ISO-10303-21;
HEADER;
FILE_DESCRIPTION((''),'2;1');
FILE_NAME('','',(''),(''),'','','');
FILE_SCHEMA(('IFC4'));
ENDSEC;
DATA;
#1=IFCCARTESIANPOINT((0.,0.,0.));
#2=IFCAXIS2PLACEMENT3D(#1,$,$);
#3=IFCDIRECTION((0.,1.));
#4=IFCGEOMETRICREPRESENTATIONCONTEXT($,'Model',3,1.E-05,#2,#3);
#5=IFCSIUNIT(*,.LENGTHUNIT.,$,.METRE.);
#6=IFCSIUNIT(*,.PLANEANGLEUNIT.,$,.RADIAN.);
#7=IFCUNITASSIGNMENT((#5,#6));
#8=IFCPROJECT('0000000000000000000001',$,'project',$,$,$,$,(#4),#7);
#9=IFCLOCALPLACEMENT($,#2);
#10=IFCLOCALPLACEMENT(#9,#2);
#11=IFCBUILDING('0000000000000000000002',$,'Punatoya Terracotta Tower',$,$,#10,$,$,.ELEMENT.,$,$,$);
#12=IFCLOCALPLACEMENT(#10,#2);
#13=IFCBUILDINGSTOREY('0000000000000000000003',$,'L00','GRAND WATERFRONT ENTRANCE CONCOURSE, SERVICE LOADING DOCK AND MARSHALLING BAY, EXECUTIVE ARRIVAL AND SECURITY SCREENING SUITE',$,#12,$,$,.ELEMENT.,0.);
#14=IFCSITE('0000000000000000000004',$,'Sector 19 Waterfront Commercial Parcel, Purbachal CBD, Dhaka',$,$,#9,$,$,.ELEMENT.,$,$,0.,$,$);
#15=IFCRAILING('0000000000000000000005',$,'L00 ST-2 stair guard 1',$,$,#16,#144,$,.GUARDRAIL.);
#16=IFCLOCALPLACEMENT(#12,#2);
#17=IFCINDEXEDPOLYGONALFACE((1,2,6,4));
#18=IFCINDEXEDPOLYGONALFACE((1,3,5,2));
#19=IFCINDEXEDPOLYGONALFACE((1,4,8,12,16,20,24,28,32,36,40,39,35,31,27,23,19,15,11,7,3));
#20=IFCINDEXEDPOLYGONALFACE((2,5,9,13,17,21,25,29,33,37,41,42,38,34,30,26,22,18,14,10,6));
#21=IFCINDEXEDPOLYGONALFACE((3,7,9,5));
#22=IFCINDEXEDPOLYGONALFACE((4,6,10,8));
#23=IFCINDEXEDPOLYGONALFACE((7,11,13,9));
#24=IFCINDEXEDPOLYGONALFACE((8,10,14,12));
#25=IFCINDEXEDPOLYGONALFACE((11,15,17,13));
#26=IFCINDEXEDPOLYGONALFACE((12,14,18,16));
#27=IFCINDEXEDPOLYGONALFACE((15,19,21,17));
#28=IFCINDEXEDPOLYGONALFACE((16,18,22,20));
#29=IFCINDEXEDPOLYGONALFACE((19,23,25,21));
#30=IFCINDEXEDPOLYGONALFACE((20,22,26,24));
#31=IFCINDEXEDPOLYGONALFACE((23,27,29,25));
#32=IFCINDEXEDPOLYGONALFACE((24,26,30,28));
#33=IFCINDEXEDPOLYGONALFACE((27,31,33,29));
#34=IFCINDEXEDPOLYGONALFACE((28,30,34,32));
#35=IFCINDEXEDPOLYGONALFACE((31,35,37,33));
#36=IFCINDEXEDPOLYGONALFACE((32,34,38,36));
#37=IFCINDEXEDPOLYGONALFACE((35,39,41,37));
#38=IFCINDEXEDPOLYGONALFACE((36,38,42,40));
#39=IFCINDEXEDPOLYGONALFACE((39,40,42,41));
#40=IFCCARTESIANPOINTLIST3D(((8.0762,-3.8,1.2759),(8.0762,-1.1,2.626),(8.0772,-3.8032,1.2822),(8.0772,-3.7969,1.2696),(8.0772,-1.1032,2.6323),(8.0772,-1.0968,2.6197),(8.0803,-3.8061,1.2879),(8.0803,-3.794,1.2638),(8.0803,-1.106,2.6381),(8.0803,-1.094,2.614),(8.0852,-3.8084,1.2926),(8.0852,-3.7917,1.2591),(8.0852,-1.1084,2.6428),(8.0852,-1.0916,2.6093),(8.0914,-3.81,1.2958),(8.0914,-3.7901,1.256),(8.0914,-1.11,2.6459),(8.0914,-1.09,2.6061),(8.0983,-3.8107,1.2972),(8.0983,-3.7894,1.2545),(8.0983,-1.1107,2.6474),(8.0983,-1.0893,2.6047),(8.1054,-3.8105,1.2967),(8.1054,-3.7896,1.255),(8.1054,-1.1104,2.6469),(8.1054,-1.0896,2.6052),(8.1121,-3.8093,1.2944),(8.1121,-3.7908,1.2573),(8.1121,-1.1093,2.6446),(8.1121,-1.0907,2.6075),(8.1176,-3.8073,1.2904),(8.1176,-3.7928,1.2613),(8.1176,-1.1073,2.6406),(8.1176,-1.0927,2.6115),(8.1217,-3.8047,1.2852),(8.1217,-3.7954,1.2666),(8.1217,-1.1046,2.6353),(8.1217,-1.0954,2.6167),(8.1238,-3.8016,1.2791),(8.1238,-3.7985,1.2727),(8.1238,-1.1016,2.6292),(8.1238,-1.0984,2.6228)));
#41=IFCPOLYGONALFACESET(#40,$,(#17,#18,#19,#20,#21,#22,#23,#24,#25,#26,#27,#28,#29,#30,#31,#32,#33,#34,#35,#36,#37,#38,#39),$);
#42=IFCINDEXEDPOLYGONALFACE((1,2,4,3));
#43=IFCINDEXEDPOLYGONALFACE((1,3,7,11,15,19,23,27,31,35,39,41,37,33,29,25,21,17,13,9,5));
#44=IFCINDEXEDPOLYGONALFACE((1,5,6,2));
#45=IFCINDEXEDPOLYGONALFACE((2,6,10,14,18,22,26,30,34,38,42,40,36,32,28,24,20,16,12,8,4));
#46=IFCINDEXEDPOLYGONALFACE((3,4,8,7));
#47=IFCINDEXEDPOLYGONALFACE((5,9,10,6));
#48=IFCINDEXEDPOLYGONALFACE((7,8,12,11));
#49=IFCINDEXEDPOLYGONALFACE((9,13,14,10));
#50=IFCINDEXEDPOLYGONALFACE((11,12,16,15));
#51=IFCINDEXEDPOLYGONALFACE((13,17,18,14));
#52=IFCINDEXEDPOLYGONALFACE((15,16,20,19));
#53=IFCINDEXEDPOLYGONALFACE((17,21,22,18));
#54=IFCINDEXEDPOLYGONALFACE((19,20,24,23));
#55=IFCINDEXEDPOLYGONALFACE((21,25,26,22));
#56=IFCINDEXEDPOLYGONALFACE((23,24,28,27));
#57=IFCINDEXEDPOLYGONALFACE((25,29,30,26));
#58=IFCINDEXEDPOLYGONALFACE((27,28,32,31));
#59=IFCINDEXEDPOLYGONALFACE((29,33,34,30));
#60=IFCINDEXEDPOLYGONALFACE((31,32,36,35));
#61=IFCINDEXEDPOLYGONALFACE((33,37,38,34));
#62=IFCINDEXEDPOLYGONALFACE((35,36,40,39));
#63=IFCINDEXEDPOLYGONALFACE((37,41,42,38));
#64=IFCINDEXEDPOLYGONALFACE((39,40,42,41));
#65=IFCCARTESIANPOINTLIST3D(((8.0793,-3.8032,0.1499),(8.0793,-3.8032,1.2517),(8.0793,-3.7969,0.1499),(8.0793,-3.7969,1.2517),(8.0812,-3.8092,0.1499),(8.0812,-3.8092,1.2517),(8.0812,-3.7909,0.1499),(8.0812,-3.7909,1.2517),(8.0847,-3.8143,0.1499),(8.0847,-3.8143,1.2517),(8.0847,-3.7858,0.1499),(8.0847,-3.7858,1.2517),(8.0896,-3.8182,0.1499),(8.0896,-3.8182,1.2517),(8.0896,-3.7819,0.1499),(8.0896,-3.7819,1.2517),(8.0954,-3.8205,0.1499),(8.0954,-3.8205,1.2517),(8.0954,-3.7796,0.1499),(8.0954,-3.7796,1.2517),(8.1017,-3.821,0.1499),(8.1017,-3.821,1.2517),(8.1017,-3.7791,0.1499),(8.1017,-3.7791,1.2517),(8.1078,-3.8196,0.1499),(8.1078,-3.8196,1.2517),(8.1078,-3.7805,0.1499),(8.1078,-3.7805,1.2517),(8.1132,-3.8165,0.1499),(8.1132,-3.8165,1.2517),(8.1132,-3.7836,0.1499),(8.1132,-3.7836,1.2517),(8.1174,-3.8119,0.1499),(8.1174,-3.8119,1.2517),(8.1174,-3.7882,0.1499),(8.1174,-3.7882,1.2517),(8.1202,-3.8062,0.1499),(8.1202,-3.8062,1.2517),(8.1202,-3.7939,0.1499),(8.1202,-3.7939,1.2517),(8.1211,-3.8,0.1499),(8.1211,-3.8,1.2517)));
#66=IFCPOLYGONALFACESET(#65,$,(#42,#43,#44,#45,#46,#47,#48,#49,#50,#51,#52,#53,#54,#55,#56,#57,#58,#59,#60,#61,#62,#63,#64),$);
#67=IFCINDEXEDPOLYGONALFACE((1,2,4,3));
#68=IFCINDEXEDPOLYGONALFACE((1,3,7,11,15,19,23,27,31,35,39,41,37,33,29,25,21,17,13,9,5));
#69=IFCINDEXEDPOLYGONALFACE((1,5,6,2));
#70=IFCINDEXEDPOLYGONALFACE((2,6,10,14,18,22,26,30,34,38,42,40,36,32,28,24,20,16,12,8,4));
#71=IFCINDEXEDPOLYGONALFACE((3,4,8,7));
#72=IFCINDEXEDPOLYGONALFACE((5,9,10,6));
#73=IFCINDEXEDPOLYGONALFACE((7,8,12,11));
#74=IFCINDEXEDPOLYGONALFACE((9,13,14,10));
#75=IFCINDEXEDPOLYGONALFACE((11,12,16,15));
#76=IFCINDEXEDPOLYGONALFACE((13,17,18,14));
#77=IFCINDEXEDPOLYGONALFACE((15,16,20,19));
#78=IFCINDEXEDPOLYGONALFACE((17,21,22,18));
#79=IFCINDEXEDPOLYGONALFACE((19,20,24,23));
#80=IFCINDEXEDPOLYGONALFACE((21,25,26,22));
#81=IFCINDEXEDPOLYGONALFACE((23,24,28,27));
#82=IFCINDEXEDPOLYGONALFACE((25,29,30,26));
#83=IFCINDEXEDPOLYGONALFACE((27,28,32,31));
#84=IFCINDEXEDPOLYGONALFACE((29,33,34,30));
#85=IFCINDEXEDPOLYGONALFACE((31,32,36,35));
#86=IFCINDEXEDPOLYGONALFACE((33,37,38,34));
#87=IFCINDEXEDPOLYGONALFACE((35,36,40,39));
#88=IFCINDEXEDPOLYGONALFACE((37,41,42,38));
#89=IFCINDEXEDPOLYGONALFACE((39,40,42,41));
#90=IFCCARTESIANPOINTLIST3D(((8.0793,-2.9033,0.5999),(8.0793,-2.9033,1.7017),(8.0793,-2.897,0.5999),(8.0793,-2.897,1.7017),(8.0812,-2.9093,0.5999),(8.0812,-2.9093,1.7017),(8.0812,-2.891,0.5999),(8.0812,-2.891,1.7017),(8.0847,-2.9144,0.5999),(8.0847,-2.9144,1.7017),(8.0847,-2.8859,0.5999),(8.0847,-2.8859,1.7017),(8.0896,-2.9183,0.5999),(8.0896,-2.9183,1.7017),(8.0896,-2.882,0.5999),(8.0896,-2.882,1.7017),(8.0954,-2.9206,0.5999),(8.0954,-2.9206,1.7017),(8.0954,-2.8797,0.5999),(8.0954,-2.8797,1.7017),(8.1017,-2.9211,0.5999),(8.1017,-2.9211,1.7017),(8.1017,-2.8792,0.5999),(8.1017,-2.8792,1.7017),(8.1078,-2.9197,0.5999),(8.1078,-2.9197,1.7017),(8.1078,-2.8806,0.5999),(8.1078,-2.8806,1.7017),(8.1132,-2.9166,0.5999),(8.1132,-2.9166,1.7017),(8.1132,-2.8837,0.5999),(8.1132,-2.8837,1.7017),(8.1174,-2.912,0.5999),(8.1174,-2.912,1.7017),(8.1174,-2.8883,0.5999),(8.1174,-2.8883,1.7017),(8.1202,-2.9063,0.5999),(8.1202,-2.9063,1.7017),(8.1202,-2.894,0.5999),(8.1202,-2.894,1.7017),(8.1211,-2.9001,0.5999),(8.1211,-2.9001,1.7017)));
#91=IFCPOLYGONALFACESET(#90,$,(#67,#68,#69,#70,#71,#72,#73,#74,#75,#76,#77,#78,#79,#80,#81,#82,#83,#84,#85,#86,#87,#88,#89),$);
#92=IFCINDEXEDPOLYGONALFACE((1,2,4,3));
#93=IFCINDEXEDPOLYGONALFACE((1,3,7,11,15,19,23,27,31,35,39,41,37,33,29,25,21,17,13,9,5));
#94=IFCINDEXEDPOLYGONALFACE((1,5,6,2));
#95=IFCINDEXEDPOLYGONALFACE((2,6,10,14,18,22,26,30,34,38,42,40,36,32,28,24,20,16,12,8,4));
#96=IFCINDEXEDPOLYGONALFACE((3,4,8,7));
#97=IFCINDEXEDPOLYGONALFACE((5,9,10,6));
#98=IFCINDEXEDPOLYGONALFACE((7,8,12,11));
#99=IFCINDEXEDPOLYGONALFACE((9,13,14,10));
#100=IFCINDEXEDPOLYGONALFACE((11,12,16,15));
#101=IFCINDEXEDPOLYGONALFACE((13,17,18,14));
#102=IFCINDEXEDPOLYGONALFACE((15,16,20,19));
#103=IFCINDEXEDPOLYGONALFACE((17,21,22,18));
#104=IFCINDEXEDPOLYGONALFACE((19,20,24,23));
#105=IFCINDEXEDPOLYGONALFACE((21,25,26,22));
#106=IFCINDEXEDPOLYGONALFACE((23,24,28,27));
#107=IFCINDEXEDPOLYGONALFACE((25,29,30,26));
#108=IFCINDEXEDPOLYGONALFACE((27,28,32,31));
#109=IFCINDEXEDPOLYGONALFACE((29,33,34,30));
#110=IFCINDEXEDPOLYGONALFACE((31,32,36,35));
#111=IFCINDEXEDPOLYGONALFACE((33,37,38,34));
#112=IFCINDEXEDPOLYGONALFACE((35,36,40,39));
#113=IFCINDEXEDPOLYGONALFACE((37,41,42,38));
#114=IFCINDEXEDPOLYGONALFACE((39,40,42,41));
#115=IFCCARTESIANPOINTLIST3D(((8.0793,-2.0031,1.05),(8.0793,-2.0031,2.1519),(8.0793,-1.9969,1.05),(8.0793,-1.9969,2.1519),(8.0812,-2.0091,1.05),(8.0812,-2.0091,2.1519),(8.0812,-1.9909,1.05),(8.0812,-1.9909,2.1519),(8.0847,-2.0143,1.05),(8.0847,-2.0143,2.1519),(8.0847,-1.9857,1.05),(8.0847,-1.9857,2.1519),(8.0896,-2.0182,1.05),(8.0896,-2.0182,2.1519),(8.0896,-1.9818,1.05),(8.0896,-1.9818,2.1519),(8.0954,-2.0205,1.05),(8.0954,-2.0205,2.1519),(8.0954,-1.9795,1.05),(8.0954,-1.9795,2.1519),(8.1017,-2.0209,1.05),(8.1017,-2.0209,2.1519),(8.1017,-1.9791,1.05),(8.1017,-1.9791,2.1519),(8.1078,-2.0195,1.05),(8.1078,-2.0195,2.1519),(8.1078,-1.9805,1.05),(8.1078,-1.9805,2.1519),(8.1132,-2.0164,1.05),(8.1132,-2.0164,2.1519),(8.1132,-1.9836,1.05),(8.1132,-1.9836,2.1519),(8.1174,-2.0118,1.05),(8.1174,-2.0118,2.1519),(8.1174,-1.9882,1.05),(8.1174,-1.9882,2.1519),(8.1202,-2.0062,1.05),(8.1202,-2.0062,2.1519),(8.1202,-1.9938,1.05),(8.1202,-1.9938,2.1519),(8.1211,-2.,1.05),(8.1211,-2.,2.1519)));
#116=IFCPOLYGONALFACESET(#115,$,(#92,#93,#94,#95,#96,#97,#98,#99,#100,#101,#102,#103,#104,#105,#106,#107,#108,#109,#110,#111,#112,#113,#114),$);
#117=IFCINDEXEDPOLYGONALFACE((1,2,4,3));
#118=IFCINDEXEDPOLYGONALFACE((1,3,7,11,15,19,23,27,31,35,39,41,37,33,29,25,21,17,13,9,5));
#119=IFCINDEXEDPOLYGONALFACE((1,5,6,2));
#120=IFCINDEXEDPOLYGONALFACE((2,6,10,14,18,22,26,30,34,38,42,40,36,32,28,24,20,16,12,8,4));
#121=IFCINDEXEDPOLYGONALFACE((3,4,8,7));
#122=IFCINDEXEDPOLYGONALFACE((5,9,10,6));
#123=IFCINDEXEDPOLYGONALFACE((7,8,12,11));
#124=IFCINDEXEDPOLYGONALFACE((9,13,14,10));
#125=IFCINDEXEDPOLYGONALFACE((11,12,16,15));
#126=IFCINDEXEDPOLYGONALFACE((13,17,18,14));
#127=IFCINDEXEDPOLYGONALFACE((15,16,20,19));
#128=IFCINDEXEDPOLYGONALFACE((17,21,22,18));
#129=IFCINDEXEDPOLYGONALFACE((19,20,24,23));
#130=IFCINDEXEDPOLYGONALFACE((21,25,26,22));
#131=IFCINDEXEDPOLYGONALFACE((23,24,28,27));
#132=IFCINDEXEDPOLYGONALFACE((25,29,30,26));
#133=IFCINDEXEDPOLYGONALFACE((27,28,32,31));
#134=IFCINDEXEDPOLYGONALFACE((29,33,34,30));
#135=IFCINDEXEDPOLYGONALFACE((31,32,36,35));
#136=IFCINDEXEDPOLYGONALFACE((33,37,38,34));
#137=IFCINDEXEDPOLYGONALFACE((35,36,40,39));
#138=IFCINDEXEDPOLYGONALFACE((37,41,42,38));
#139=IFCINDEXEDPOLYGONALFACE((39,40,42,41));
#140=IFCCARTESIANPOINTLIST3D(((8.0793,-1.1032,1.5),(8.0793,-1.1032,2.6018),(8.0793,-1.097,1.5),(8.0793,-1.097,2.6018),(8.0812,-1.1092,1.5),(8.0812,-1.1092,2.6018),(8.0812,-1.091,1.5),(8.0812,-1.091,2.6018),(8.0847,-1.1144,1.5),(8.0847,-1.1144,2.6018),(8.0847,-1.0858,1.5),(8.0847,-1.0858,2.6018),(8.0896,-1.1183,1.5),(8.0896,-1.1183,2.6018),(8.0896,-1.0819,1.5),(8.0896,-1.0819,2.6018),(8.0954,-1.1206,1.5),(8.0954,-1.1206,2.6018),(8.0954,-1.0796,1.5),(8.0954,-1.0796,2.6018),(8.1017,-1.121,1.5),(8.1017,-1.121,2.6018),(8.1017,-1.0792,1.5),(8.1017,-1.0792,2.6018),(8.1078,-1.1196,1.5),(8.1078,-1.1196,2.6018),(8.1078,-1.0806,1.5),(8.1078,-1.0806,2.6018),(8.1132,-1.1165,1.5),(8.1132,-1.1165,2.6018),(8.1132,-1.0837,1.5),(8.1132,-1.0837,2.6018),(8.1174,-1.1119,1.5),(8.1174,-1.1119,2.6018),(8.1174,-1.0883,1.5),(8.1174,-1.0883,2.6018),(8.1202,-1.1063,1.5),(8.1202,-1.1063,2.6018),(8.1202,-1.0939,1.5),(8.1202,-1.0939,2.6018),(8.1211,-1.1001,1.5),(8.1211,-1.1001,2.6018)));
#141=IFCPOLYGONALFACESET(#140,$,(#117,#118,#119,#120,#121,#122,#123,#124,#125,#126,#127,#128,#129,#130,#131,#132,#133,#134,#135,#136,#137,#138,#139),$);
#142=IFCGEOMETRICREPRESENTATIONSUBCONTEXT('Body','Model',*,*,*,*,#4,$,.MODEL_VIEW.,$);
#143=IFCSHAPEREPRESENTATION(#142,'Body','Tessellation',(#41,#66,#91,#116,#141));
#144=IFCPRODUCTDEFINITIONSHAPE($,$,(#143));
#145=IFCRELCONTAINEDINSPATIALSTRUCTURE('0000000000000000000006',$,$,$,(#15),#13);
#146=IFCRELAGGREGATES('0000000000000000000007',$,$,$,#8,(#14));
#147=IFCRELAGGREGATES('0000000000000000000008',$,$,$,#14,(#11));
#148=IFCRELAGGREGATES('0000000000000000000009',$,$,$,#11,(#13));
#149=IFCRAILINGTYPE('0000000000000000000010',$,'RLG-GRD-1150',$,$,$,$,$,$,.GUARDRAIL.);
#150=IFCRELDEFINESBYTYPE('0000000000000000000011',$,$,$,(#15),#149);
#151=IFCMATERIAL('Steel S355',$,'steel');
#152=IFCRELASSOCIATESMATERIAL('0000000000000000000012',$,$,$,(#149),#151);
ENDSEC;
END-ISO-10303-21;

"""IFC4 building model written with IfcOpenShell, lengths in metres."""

from ifc_helpers import new_model, si_unit, direction, frame, origin, origin_2d, place, context, subcontext, project, spatial, circle, extrude, material, type_object, element, save


model = new_model("IFC4")

# Units and contexts
model_context = context("Model", 3, precision=1e-05, world=origin(), true_north=direction((0.0, 1.0)))
body_context = subcontext(model_context, "Body", "Model", "MODEL_VIEW")
ifc_project = project(units=[si_unit("LENGTHUNIT", "METRE"), si_unit("PLANEANGLEUNIT", "RADIAN")], contexts=[model_context])

# Site, building, storey
site_placement = place(None, origin())
site = spatial("IfcSite", under=ifc_project, at=site_placement, Name="Sector 19 Waterfront Commercial Parcel, Purbachal CBD, Dhaka", CompositionType="ELEMENT", RefElevation=0.0)
building_placement = place(site_placement, origin())
building = spatial("IfcBuilding", under=site, at=building_placement, Name="Punatoya Terracotta Tower", CompositionType="ELEMENT")
storey_placement = place(building_placement, origin())
storey = spatial("IfcBuildingStorey", under=building, at=storey_placement, Name="L00", Description="GRAND WATERFRONT ENTRANCE CONCOURSE, SERVICE LOADING DOCK AND MARSHALLING BAY, EXECUTIVE ARRIVAL AND SECURITY SCREENING SUITE", CompositionType="ELEMENT", Elevation=0.0)

# Shared definitions
ifc_material_1 = material(Name="Steel S355", Category="steel")

# Railing
railing_type_1 = type_object("IfcRailingType", Name="RLG-GRD-1150", PredefinedType="GUARDRAIL", material=ifc_material_1)
railing_1_placement = place(storey_placement, frame((8.1001, -3.8, 0.1499)))
element("IfcRailing", 1, at=railing_1_placement, inside=storey, type_object=railing_type_1, Name="L00 ST-2 stair guard 1", PredefinedType="GUARDRAIL", context=body_context, shape_type="SweptSolid", body=[
    extrude(circle(Radius=0.0239, at=origin_2d()), frame((0.0, 0.0, 1.126), z_axis=(0.0, 0.894411, 0.447246), x_axis=(-1.0, 0.0, 0.0)), (0.0, 0.0, 1.0), 3.0188),
    extrude(circle(Radius=0.021, at=origin_2d()), origin(), (0.0, 0.0, 1.0), 1.1018),
    extrude(circle(Radius=0.021, at=origin_2d()), frame((0.0, 0.8999, 0.45)), (0.0, 0.0, 1.0), 1.1018),
    extrude(circle(Radius=0.021, at=origin_2d()), frame((0.0, 1.8, 0.9001)), (0.0, 0.0, 1.0), 1.1018),
    extrude(circle(Radius=0.021, at=origin_2d()), frame((0.0, 2.7, 1.3501)), (0.0, 0.0, 1.0), 1.1018),
])

save(model, "model.ifc")
